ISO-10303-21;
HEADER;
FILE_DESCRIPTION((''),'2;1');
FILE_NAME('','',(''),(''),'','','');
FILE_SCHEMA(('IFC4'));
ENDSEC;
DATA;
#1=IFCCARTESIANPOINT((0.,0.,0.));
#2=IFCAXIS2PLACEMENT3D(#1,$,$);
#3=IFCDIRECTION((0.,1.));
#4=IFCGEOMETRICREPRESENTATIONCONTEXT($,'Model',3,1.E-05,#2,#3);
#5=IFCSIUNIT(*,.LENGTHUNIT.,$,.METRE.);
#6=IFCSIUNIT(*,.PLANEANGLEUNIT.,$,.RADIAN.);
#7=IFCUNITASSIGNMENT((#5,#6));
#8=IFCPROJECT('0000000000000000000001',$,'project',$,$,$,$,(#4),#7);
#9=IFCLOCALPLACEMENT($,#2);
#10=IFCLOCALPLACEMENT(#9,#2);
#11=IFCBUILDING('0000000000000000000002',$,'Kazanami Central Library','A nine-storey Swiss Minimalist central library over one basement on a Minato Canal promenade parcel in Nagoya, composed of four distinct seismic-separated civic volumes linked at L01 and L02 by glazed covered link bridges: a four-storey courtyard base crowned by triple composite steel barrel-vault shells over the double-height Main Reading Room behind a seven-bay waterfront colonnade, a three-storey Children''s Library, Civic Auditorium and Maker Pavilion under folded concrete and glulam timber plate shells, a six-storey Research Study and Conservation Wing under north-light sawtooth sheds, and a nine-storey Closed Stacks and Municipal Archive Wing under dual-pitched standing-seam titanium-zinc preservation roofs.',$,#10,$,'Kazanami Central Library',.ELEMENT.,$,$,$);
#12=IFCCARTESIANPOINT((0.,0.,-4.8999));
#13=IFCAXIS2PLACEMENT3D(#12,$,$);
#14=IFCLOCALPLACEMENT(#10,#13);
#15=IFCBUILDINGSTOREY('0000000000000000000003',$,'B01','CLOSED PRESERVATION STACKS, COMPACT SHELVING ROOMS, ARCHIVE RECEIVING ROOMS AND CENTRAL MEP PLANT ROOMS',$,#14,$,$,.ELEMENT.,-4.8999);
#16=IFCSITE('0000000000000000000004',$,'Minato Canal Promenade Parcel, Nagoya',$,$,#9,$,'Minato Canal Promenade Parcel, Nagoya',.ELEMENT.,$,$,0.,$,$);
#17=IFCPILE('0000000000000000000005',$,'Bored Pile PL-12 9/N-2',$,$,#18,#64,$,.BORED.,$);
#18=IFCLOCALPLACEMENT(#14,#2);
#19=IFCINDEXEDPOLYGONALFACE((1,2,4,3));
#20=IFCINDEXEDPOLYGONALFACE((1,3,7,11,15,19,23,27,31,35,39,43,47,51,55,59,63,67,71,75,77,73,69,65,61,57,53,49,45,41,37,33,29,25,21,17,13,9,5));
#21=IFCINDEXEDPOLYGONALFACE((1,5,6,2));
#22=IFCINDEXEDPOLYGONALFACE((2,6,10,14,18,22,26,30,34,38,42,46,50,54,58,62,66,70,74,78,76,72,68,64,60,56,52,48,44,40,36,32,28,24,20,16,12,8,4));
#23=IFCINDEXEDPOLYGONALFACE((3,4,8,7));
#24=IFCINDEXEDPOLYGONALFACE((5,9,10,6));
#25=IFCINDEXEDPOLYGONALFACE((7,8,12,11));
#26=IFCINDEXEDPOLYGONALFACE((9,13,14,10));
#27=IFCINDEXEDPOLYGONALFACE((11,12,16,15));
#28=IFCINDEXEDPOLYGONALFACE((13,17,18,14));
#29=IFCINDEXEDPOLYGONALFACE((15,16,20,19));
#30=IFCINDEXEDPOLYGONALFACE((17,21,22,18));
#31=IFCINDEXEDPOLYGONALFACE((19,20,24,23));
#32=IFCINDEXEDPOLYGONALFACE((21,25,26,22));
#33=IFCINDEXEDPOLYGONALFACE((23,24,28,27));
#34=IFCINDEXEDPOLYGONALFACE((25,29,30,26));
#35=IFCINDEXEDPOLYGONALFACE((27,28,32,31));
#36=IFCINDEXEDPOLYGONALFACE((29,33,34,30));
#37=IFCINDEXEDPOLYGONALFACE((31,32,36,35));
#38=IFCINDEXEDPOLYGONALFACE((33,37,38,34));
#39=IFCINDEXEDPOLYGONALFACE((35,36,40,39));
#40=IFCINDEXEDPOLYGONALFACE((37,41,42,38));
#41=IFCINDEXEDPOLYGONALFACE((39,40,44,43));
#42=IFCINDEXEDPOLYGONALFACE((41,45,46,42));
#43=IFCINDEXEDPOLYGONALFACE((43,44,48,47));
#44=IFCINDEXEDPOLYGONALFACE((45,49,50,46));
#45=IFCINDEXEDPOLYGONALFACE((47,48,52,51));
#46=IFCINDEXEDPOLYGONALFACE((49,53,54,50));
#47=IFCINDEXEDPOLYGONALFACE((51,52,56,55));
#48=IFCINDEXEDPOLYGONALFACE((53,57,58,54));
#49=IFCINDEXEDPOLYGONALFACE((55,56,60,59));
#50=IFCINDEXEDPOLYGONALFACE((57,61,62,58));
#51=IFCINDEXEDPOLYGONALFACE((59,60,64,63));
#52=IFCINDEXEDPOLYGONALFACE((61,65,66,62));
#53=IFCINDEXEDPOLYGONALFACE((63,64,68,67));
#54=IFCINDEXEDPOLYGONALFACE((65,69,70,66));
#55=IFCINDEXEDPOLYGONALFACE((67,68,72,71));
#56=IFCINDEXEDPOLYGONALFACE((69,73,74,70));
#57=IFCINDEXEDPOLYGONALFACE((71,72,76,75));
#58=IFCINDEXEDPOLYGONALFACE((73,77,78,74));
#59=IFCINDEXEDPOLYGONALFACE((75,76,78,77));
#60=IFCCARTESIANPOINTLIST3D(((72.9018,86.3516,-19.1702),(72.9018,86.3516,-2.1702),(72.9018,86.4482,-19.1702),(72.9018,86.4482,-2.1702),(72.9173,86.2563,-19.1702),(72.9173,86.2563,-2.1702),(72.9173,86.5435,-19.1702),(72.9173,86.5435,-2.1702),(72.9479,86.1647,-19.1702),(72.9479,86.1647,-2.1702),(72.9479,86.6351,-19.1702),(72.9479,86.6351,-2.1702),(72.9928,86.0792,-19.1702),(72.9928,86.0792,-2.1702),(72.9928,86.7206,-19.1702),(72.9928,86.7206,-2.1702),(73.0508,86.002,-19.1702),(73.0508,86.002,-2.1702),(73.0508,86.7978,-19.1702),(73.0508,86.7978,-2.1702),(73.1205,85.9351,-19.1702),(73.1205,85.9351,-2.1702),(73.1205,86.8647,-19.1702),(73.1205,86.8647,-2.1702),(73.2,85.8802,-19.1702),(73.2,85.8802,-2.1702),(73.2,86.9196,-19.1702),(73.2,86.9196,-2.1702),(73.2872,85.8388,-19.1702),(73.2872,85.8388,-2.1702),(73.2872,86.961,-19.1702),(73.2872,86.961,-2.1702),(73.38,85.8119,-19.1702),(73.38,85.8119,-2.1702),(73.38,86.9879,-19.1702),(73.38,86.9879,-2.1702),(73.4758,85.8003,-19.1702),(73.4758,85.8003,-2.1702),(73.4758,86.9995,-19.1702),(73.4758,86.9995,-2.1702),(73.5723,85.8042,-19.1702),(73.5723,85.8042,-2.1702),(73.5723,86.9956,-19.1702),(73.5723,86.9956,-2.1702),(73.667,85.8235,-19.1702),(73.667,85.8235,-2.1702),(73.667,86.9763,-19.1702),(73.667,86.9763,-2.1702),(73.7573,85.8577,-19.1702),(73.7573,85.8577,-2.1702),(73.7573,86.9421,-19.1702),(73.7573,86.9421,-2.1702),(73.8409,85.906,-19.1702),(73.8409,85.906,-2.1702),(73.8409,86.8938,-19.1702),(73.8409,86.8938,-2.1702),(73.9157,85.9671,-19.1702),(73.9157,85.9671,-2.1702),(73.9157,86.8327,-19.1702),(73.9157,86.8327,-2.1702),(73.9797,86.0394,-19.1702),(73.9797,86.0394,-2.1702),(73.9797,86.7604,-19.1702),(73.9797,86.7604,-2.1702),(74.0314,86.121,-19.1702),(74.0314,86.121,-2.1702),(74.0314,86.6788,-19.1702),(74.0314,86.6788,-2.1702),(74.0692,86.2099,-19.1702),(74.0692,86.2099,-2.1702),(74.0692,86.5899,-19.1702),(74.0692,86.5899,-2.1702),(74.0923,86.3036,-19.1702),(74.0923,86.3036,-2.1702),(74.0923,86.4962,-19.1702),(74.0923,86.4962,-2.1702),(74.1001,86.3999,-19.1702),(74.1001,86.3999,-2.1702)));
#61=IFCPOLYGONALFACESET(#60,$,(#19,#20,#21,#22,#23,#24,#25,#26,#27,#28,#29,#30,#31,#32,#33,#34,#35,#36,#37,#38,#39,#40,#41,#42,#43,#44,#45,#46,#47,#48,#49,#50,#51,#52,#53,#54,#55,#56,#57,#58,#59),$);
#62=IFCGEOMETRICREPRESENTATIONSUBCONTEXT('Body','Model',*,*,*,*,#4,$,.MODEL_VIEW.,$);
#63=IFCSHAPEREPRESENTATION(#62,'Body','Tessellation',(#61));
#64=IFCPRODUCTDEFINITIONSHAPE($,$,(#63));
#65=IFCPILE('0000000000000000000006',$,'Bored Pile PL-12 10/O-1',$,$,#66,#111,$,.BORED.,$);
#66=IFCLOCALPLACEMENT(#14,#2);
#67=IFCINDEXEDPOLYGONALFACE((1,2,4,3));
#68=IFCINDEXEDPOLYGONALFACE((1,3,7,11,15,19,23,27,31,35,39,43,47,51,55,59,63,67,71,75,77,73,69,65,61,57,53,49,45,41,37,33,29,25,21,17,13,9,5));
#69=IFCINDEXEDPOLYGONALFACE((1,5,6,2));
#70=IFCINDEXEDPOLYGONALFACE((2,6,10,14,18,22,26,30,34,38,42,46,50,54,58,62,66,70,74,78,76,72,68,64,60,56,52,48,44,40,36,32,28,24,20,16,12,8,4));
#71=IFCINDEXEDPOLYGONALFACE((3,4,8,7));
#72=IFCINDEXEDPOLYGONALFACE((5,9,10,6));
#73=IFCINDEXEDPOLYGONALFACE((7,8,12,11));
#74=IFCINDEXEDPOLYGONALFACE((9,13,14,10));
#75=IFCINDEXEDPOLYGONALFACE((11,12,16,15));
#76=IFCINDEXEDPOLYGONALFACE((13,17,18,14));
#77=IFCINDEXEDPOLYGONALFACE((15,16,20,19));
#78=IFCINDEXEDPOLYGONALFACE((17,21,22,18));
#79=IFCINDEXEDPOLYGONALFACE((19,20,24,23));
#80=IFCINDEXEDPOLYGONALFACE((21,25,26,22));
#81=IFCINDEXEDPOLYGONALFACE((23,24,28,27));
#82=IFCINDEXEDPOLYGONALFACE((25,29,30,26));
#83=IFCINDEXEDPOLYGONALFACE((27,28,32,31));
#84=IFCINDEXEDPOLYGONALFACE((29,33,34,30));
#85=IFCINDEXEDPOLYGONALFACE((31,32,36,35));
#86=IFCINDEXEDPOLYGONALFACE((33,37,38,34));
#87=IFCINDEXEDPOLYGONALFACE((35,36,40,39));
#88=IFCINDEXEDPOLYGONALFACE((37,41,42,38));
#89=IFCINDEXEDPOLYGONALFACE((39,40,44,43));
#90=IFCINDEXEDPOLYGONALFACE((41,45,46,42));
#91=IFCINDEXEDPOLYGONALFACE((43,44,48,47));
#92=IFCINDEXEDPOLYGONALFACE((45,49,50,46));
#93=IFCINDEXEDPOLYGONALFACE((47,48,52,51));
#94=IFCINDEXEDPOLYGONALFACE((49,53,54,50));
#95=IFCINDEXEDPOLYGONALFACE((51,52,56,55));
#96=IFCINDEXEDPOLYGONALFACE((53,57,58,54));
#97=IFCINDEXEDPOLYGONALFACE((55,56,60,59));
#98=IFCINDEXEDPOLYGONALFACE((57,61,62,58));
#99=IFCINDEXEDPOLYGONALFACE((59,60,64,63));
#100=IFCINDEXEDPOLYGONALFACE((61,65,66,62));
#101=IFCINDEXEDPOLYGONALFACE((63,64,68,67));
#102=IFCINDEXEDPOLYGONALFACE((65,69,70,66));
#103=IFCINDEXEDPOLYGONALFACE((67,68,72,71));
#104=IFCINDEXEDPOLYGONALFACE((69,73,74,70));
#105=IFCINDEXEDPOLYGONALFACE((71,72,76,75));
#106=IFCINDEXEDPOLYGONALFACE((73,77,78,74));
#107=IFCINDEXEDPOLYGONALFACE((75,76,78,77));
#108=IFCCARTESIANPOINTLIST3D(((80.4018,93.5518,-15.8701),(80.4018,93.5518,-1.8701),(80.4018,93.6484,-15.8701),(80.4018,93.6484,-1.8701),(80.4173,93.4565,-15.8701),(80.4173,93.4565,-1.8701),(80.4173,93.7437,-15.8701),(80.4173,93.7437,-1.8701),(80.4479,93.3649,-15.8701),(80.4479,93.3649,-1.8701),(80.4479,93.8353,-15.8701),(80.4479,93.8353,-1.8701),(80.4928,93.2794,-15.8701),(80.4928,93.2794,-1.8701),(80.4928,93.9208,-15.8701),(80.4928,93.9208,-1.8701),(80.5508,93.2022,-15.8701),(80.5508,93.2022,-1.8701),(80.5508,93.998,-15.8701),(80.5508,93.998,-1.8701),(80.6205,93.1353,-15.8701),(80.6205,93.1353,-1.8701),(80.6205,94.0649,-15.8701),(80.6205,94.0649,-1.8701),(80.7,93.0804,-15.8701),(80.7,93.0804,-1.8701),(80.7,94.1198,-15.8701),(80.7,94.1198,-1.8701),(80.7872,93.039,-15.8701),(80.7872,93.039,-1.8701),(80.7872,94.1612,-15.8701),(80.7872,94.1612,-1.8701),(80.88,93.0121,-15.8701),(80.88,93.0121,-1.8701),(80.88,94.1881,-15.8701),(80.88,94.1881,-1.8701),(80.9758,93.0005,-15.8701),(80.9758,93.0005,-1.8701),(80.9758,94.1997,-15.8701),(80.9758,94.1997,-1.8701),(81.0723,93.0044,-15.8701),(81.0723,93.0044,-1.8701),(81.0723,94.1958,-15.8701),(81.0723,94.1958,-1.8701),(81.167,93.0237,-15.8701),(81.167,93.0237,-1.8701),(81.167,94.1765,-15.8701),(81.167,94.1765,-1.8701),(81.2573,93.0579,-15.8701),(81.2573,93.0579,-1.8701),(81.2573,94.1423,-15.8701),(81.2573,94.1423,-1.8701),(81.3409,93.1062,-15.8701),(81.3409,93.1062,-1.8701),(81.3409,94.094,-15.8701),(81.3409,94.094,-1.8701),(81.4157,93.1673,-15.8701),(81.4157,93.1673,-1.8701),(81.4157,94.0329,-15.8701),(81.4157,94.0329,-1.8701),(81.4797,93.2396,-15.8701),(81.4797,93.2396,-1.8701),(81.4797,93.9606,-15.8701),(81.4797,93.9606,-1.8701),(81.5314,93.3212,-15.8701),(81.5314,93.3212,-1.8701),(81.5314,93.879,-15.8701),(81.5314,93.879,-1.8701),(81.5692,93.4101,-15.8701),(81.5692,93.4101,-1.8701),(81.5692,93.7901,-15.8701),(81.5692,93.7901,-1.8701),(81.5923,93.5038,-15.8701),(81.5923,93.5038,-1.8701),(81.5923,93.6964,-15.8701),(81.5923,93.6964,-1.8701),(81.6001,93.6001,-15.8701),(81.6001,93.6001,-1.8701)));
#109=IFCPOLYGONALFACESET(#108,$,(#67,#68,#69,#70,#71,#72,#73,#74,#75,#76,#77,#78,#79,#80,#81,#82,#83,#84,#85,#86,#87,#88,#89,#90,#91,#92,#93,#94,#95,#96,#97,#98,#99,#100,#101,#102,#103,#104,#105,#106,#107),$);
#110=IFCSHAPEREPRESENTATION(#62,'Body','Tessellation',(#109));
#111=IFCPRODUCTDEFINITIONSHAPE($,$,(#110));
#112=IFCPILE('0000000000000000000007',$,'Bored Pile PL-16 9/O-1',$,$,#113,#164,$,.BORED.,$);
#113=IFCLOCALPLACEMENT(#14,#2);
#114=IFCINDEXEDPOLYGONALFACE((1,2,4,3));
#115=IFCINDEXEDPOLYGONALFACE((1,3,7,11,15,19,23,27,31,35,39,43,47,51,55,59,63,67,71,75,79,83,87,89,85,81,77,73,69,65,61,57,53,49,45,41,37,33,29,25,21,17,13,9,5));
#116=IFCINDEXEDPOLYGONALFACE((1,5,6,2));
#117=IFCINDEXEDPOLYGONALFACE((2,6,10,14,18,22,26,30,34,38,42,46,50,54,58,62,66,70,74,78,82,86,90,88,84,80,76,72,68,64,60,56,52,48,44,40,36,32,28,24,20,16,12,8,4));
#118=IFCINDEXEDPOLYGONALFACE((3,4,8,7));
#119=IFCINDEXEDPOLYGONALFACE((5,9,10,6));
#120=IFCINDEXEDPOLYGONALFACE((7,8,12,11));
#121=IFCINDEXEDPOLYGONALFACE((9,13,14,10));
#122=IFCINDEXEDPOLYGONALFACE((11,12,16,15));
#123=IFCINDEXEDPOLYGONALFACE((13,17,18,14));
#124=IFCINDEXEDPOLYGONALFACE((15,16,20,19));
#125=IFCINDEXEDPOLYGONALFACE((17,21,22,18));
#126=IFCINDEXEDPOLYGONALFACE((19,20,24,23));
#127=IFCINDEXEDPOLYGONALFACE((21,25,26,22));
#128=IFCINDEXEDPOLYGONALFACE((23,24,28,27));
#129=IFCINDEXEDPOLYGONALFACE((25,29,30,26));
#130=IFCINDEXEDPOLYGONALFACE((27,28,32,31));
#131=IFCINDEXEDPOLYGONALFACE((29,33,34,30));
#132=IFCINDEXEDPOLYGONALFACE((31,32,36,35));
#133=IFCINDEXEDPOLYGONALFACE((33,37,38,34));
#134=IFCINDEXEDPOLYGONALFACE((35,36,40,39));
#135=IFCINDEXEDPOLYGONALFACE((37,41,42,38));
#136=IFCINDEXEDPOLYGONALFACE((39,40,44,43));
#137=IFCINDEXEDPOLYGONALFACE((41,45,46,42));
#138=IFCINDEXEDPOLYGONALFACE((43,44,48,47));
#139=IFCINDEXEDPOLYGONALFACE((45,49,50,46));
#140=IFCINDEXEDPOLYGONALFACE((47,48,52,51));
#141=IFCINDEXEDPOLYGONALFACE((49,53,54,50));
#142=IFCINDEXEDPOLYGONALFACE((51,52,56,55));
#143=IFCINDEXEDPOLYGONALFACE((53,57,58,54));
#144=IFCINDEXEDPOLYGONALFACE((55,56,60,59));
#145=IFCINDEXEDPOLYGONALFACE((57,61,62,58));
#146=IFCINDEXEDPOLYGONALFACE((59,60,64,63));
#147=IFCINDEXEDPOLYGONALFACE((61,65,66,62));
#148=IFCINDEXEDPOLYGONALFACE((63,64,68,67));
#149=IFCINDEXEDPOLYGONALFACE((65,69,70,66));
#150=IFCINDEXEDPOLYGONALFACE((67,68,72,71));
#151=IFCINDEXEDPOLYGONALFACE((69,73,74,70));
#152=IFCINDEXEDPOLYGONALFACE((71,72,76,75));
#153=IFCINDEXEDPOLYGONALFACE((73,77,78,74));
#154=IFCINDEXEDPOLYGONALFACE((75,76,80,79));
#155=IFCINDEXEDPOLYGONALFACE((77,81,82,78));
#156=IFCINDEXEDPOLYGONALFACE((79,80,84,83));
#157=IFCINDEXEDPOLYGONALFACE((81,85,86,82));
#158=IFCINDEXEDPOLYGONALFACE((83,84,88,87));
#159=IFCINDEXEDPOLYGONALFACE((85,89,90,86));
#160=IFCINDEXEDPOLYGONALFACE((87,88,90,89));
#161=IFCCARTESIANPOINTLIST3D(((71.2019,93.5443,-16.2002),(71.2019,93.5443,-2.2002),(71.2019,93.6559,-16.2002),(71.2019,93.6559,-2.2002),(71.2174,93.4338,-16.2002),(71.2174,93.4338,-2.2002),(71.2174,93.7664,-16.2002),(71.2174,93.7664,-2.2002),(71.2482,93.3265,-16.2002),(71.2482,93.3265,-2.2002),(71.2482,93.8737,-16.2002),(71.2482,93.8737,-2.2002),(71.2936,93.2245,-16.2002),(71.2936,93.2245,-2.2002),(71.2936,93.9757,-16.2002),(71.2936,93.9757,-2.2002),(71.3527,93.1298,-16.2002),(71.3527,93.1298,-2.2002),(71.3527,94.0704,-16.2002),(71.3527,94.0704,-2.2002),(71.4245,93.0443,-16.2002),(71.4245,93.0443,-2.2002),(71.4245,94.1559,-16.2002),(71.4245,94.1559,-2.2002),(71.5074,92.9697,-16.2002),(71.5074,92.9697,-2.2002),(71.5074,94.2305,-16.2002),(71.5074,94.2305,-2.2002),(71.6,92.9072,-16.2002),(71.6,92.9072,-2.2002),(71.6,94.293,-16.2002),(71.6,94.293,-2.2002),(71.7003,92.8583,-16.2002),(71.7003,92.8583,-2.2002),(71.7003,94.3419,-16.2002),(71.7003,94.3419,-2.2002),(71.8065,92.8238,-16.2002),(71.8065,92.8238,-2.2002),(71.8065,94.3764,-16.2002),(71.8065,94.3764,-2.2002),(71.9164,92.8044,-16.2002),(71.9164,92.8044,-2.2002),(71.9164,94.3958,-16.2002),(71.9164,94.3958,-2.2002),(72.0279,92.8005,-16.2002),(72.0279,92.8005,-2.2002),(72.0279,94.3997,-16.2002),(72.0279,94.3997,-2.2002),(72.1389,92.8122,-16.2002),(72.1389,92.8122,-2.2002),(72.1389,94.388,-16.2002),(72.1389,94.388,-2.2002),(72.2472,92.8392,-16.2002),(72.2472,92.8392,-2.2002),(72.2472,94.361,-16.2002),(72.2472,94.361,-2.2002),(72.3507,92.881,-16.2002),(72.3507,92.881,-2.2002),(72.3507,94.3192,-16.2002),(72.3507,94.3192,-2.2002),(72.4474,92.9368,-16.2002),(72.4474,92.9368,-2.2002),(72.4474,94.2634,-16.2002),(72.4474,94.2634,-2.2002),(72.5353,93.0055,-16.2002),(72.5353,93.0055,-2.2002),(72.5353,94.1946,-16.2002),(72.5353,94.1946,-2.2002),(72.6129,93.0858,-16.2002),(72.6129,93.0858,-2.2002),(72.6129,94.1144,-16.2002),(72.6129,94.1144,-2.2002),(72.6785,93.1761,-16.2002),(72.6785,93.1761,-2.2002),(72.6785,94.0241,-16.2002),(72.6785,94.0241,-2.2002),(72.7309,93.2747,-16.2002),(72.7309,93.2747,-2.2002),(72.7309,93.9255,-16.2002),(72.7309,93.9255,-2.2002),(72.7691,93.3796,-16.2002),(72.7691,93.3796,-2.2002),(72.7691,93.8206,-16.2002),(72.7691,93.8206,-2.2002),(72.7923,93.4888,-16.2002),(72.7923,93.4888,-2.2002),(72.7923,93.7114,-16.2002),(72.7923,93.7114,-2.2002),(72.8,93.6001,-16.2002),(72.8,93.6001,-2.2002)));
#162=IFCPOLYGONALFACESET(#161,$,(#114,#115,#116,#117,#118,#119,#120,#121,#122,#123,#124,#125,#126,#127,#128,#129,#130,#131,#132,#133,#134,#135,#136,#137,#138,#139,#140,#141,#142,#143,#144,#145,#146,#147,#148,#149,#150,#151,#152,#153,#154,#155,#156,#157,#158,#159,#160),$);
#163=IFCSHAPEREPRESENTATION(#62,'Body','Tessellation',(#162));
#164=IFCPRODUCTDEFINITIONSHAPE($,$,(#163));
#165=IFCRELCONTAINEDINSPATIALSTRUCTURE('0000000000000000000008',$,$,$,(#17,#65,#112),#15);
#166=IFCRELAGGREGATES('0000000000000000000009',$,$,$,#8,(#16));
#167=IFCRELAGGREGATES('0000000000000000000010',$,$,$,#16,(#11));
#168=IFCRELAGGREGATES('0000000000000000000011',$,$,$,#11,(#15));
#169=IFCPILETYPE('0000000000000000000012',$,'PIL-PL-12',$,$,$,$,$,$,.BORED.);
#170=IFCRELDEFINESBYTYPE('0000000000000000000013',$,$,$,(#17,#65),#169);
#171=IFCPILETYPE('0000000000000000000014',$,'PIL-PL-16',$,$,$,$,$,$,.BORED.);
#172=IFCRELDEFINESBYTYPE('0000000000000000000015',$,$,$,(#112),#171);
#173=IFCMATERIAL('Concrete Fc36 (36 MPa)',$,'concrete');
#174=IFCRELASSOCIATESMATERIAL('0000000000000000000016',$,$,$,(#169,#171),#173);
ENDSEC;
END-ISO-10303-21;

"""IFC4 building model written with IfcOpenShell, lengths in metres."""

from ifc_helpers import new_model, si_unit, direction, frame, origin, origin_2d, place, context, subcontext, project, spatial, circle, extrude, material, material_profile, profile_set, type_object, element, save


model = new_model("IFC4")

# Units and contexts
model_context = context("Model", 3, precision=1e-05, world=origin(), true_north=direction((0.0, 1.0)))
body_context = subcontext(model_context, "Body", "Model", "MODEL_VIEW")
ifc_project = project(units=[si_unit("LENGTHUNIT", "METRE"), si_unit("PLANEANGLEUNIT", "RADIAN")], contexts=[model_context])

# Site, building, storey
site_placement = place(None, origin())
site = spatial("IfcSite", under=ifc_project, at=site_placement, Name="Minato Canal Promenade Parcel, Nagoya", LongName="Minato Canal Promenade Parcel, Nagoya", CompositionType="ELEMENT", RefElevation=0.0)
building_placement = place(site_placement, origin())
building = spatial("IfcBuilding", under=site, at=building_placement, Name="Kazanami Central Library", Description="A nine-storey Swiss Minimalist central library over one basement on a Minato Canal promenade parcel in Nagoya, composed of four distinct seismic-separated civic volumes linked at L01 and L02 by glazed covered link bridges: a four-storey courtyard base crowned by triple composite steel barrel-vault shells over the double-height Main Reading Room behind a seven-bay waterfront colonnade, a three-storey Children's Library, Civic Auditorium and Maker Pavilion under folded concrete and glulam timber plate shells, a six-storey Research Study and Conservation Wing under north-light sawtooth sheds, and a nine-storey Closed Stacks and Municipal Archive Wing under dual-pitched standing-seam titanium-zinc preservation roofs.", LongName="Kazanami Central Library", CompositionType="ELEMENT")
storey_placement = place(building_placement, frame((0.0, 0.0, -4.8999)))
storey = spatial("IfcBuildingStorey", under=building, at=storey_placement, Name="B01", Description="CLOSED PRESERVATION STACKS, COMPACT SHELVING ROOMS, ARCHIVE RECEIVING ROOMS AND CENTRAL MEP PLANT ROOMS", CompositionType="ELEMENT", Elevation=-4.8999)

# Shared definitions
ifc_material_1 = material(Name="Concrete Fc36 (36 MPa)", Category="concrete")

# Piles
ifc_material_profile_1 = material_profile(ifc_material_1, circle(Radius=0.6001, at=origin_2d()), Name="BORED-D1200")
ifc_profile_set_1 = profile_set([ifc_material_profile_1], Name="Concrete Fc36 (36 MPa)")
pile_type_1 = type_object("IfcPileType", Name="PIL-PL-12", PredefinedType="BORED", material=ifc_profile_set_1)
pile_1_placement = place(storey_placement, frame((73.5, 86.3999, -2.1702), z_axis=(0.0, 0.0, -1.0), x_axis=(1.0, 0.0, 0.0)))
element("IfcPile", 1, at=pile_1_placement, inside=storey, type_object=pile_type_1, Name="Bored Pile PL-12 9/N-2", PredefinedType="BORED", context=body_context, shape_type="SweptSolid", body=[
    extrude(circle(Radius=0.6001, at=origin_2d()), origin(), (0.0, 0.0, 1.0), 17.0),
])
pile_2_placement = place(storey_placement, frame((81.0, 93.6001, -1.8701), z_axis=(0.0, 0.0, -1.0), x_axis=(1.0, 0.0, 0.0)))
element("IfcPile", 2, at=pile_2_placement, inside=storey, type_object=pile_type_1, Name="Bored Pile PL-12 10/O-1", PredefinedType="BORED", context=body_context, shape_type="SweptSolid", body=[
    extrude(circle(Radius=0.6001, at=origin_2d()), origin(), (0.0, 0.0, 1.0), 14.0),
])
ifc_material_profile_2 = material_profile(ifc_material_1, circle(Radius=0.8, at=origin_2d()), Name="BORED-D1600")
ifc_profile_set_2 = profile_set([ifc_material_profile_2], Name="Concrete Fc36 (36 MPa)")
pile_type_2 = type_object("IfcPileType", Name="PIL-PL-16", PredefinedType="BORED", material=ifc_profile_set_2)
pile_3_placement = place(storey_placement, frame((72.0, 93.6001, -2.2002), z_axis=(0.0, 0.0, -1.0), x_axis=(1.0, 0.0, 0.0)))
element("IfcPile", 3, at=pile_3_placement, inside=storey, type_object=pile_type_2, Name="Bored Pile PL-16 9/O-1", PredefinedType="BORED", context=body_context, shape_type="SweptSolid", body=[
    extrude(circle(Radius=0.8, at=origin_2d()), origin(), (0.0, 0.0, 1.0), 14.0),
])

save(model, "model.ifc")
